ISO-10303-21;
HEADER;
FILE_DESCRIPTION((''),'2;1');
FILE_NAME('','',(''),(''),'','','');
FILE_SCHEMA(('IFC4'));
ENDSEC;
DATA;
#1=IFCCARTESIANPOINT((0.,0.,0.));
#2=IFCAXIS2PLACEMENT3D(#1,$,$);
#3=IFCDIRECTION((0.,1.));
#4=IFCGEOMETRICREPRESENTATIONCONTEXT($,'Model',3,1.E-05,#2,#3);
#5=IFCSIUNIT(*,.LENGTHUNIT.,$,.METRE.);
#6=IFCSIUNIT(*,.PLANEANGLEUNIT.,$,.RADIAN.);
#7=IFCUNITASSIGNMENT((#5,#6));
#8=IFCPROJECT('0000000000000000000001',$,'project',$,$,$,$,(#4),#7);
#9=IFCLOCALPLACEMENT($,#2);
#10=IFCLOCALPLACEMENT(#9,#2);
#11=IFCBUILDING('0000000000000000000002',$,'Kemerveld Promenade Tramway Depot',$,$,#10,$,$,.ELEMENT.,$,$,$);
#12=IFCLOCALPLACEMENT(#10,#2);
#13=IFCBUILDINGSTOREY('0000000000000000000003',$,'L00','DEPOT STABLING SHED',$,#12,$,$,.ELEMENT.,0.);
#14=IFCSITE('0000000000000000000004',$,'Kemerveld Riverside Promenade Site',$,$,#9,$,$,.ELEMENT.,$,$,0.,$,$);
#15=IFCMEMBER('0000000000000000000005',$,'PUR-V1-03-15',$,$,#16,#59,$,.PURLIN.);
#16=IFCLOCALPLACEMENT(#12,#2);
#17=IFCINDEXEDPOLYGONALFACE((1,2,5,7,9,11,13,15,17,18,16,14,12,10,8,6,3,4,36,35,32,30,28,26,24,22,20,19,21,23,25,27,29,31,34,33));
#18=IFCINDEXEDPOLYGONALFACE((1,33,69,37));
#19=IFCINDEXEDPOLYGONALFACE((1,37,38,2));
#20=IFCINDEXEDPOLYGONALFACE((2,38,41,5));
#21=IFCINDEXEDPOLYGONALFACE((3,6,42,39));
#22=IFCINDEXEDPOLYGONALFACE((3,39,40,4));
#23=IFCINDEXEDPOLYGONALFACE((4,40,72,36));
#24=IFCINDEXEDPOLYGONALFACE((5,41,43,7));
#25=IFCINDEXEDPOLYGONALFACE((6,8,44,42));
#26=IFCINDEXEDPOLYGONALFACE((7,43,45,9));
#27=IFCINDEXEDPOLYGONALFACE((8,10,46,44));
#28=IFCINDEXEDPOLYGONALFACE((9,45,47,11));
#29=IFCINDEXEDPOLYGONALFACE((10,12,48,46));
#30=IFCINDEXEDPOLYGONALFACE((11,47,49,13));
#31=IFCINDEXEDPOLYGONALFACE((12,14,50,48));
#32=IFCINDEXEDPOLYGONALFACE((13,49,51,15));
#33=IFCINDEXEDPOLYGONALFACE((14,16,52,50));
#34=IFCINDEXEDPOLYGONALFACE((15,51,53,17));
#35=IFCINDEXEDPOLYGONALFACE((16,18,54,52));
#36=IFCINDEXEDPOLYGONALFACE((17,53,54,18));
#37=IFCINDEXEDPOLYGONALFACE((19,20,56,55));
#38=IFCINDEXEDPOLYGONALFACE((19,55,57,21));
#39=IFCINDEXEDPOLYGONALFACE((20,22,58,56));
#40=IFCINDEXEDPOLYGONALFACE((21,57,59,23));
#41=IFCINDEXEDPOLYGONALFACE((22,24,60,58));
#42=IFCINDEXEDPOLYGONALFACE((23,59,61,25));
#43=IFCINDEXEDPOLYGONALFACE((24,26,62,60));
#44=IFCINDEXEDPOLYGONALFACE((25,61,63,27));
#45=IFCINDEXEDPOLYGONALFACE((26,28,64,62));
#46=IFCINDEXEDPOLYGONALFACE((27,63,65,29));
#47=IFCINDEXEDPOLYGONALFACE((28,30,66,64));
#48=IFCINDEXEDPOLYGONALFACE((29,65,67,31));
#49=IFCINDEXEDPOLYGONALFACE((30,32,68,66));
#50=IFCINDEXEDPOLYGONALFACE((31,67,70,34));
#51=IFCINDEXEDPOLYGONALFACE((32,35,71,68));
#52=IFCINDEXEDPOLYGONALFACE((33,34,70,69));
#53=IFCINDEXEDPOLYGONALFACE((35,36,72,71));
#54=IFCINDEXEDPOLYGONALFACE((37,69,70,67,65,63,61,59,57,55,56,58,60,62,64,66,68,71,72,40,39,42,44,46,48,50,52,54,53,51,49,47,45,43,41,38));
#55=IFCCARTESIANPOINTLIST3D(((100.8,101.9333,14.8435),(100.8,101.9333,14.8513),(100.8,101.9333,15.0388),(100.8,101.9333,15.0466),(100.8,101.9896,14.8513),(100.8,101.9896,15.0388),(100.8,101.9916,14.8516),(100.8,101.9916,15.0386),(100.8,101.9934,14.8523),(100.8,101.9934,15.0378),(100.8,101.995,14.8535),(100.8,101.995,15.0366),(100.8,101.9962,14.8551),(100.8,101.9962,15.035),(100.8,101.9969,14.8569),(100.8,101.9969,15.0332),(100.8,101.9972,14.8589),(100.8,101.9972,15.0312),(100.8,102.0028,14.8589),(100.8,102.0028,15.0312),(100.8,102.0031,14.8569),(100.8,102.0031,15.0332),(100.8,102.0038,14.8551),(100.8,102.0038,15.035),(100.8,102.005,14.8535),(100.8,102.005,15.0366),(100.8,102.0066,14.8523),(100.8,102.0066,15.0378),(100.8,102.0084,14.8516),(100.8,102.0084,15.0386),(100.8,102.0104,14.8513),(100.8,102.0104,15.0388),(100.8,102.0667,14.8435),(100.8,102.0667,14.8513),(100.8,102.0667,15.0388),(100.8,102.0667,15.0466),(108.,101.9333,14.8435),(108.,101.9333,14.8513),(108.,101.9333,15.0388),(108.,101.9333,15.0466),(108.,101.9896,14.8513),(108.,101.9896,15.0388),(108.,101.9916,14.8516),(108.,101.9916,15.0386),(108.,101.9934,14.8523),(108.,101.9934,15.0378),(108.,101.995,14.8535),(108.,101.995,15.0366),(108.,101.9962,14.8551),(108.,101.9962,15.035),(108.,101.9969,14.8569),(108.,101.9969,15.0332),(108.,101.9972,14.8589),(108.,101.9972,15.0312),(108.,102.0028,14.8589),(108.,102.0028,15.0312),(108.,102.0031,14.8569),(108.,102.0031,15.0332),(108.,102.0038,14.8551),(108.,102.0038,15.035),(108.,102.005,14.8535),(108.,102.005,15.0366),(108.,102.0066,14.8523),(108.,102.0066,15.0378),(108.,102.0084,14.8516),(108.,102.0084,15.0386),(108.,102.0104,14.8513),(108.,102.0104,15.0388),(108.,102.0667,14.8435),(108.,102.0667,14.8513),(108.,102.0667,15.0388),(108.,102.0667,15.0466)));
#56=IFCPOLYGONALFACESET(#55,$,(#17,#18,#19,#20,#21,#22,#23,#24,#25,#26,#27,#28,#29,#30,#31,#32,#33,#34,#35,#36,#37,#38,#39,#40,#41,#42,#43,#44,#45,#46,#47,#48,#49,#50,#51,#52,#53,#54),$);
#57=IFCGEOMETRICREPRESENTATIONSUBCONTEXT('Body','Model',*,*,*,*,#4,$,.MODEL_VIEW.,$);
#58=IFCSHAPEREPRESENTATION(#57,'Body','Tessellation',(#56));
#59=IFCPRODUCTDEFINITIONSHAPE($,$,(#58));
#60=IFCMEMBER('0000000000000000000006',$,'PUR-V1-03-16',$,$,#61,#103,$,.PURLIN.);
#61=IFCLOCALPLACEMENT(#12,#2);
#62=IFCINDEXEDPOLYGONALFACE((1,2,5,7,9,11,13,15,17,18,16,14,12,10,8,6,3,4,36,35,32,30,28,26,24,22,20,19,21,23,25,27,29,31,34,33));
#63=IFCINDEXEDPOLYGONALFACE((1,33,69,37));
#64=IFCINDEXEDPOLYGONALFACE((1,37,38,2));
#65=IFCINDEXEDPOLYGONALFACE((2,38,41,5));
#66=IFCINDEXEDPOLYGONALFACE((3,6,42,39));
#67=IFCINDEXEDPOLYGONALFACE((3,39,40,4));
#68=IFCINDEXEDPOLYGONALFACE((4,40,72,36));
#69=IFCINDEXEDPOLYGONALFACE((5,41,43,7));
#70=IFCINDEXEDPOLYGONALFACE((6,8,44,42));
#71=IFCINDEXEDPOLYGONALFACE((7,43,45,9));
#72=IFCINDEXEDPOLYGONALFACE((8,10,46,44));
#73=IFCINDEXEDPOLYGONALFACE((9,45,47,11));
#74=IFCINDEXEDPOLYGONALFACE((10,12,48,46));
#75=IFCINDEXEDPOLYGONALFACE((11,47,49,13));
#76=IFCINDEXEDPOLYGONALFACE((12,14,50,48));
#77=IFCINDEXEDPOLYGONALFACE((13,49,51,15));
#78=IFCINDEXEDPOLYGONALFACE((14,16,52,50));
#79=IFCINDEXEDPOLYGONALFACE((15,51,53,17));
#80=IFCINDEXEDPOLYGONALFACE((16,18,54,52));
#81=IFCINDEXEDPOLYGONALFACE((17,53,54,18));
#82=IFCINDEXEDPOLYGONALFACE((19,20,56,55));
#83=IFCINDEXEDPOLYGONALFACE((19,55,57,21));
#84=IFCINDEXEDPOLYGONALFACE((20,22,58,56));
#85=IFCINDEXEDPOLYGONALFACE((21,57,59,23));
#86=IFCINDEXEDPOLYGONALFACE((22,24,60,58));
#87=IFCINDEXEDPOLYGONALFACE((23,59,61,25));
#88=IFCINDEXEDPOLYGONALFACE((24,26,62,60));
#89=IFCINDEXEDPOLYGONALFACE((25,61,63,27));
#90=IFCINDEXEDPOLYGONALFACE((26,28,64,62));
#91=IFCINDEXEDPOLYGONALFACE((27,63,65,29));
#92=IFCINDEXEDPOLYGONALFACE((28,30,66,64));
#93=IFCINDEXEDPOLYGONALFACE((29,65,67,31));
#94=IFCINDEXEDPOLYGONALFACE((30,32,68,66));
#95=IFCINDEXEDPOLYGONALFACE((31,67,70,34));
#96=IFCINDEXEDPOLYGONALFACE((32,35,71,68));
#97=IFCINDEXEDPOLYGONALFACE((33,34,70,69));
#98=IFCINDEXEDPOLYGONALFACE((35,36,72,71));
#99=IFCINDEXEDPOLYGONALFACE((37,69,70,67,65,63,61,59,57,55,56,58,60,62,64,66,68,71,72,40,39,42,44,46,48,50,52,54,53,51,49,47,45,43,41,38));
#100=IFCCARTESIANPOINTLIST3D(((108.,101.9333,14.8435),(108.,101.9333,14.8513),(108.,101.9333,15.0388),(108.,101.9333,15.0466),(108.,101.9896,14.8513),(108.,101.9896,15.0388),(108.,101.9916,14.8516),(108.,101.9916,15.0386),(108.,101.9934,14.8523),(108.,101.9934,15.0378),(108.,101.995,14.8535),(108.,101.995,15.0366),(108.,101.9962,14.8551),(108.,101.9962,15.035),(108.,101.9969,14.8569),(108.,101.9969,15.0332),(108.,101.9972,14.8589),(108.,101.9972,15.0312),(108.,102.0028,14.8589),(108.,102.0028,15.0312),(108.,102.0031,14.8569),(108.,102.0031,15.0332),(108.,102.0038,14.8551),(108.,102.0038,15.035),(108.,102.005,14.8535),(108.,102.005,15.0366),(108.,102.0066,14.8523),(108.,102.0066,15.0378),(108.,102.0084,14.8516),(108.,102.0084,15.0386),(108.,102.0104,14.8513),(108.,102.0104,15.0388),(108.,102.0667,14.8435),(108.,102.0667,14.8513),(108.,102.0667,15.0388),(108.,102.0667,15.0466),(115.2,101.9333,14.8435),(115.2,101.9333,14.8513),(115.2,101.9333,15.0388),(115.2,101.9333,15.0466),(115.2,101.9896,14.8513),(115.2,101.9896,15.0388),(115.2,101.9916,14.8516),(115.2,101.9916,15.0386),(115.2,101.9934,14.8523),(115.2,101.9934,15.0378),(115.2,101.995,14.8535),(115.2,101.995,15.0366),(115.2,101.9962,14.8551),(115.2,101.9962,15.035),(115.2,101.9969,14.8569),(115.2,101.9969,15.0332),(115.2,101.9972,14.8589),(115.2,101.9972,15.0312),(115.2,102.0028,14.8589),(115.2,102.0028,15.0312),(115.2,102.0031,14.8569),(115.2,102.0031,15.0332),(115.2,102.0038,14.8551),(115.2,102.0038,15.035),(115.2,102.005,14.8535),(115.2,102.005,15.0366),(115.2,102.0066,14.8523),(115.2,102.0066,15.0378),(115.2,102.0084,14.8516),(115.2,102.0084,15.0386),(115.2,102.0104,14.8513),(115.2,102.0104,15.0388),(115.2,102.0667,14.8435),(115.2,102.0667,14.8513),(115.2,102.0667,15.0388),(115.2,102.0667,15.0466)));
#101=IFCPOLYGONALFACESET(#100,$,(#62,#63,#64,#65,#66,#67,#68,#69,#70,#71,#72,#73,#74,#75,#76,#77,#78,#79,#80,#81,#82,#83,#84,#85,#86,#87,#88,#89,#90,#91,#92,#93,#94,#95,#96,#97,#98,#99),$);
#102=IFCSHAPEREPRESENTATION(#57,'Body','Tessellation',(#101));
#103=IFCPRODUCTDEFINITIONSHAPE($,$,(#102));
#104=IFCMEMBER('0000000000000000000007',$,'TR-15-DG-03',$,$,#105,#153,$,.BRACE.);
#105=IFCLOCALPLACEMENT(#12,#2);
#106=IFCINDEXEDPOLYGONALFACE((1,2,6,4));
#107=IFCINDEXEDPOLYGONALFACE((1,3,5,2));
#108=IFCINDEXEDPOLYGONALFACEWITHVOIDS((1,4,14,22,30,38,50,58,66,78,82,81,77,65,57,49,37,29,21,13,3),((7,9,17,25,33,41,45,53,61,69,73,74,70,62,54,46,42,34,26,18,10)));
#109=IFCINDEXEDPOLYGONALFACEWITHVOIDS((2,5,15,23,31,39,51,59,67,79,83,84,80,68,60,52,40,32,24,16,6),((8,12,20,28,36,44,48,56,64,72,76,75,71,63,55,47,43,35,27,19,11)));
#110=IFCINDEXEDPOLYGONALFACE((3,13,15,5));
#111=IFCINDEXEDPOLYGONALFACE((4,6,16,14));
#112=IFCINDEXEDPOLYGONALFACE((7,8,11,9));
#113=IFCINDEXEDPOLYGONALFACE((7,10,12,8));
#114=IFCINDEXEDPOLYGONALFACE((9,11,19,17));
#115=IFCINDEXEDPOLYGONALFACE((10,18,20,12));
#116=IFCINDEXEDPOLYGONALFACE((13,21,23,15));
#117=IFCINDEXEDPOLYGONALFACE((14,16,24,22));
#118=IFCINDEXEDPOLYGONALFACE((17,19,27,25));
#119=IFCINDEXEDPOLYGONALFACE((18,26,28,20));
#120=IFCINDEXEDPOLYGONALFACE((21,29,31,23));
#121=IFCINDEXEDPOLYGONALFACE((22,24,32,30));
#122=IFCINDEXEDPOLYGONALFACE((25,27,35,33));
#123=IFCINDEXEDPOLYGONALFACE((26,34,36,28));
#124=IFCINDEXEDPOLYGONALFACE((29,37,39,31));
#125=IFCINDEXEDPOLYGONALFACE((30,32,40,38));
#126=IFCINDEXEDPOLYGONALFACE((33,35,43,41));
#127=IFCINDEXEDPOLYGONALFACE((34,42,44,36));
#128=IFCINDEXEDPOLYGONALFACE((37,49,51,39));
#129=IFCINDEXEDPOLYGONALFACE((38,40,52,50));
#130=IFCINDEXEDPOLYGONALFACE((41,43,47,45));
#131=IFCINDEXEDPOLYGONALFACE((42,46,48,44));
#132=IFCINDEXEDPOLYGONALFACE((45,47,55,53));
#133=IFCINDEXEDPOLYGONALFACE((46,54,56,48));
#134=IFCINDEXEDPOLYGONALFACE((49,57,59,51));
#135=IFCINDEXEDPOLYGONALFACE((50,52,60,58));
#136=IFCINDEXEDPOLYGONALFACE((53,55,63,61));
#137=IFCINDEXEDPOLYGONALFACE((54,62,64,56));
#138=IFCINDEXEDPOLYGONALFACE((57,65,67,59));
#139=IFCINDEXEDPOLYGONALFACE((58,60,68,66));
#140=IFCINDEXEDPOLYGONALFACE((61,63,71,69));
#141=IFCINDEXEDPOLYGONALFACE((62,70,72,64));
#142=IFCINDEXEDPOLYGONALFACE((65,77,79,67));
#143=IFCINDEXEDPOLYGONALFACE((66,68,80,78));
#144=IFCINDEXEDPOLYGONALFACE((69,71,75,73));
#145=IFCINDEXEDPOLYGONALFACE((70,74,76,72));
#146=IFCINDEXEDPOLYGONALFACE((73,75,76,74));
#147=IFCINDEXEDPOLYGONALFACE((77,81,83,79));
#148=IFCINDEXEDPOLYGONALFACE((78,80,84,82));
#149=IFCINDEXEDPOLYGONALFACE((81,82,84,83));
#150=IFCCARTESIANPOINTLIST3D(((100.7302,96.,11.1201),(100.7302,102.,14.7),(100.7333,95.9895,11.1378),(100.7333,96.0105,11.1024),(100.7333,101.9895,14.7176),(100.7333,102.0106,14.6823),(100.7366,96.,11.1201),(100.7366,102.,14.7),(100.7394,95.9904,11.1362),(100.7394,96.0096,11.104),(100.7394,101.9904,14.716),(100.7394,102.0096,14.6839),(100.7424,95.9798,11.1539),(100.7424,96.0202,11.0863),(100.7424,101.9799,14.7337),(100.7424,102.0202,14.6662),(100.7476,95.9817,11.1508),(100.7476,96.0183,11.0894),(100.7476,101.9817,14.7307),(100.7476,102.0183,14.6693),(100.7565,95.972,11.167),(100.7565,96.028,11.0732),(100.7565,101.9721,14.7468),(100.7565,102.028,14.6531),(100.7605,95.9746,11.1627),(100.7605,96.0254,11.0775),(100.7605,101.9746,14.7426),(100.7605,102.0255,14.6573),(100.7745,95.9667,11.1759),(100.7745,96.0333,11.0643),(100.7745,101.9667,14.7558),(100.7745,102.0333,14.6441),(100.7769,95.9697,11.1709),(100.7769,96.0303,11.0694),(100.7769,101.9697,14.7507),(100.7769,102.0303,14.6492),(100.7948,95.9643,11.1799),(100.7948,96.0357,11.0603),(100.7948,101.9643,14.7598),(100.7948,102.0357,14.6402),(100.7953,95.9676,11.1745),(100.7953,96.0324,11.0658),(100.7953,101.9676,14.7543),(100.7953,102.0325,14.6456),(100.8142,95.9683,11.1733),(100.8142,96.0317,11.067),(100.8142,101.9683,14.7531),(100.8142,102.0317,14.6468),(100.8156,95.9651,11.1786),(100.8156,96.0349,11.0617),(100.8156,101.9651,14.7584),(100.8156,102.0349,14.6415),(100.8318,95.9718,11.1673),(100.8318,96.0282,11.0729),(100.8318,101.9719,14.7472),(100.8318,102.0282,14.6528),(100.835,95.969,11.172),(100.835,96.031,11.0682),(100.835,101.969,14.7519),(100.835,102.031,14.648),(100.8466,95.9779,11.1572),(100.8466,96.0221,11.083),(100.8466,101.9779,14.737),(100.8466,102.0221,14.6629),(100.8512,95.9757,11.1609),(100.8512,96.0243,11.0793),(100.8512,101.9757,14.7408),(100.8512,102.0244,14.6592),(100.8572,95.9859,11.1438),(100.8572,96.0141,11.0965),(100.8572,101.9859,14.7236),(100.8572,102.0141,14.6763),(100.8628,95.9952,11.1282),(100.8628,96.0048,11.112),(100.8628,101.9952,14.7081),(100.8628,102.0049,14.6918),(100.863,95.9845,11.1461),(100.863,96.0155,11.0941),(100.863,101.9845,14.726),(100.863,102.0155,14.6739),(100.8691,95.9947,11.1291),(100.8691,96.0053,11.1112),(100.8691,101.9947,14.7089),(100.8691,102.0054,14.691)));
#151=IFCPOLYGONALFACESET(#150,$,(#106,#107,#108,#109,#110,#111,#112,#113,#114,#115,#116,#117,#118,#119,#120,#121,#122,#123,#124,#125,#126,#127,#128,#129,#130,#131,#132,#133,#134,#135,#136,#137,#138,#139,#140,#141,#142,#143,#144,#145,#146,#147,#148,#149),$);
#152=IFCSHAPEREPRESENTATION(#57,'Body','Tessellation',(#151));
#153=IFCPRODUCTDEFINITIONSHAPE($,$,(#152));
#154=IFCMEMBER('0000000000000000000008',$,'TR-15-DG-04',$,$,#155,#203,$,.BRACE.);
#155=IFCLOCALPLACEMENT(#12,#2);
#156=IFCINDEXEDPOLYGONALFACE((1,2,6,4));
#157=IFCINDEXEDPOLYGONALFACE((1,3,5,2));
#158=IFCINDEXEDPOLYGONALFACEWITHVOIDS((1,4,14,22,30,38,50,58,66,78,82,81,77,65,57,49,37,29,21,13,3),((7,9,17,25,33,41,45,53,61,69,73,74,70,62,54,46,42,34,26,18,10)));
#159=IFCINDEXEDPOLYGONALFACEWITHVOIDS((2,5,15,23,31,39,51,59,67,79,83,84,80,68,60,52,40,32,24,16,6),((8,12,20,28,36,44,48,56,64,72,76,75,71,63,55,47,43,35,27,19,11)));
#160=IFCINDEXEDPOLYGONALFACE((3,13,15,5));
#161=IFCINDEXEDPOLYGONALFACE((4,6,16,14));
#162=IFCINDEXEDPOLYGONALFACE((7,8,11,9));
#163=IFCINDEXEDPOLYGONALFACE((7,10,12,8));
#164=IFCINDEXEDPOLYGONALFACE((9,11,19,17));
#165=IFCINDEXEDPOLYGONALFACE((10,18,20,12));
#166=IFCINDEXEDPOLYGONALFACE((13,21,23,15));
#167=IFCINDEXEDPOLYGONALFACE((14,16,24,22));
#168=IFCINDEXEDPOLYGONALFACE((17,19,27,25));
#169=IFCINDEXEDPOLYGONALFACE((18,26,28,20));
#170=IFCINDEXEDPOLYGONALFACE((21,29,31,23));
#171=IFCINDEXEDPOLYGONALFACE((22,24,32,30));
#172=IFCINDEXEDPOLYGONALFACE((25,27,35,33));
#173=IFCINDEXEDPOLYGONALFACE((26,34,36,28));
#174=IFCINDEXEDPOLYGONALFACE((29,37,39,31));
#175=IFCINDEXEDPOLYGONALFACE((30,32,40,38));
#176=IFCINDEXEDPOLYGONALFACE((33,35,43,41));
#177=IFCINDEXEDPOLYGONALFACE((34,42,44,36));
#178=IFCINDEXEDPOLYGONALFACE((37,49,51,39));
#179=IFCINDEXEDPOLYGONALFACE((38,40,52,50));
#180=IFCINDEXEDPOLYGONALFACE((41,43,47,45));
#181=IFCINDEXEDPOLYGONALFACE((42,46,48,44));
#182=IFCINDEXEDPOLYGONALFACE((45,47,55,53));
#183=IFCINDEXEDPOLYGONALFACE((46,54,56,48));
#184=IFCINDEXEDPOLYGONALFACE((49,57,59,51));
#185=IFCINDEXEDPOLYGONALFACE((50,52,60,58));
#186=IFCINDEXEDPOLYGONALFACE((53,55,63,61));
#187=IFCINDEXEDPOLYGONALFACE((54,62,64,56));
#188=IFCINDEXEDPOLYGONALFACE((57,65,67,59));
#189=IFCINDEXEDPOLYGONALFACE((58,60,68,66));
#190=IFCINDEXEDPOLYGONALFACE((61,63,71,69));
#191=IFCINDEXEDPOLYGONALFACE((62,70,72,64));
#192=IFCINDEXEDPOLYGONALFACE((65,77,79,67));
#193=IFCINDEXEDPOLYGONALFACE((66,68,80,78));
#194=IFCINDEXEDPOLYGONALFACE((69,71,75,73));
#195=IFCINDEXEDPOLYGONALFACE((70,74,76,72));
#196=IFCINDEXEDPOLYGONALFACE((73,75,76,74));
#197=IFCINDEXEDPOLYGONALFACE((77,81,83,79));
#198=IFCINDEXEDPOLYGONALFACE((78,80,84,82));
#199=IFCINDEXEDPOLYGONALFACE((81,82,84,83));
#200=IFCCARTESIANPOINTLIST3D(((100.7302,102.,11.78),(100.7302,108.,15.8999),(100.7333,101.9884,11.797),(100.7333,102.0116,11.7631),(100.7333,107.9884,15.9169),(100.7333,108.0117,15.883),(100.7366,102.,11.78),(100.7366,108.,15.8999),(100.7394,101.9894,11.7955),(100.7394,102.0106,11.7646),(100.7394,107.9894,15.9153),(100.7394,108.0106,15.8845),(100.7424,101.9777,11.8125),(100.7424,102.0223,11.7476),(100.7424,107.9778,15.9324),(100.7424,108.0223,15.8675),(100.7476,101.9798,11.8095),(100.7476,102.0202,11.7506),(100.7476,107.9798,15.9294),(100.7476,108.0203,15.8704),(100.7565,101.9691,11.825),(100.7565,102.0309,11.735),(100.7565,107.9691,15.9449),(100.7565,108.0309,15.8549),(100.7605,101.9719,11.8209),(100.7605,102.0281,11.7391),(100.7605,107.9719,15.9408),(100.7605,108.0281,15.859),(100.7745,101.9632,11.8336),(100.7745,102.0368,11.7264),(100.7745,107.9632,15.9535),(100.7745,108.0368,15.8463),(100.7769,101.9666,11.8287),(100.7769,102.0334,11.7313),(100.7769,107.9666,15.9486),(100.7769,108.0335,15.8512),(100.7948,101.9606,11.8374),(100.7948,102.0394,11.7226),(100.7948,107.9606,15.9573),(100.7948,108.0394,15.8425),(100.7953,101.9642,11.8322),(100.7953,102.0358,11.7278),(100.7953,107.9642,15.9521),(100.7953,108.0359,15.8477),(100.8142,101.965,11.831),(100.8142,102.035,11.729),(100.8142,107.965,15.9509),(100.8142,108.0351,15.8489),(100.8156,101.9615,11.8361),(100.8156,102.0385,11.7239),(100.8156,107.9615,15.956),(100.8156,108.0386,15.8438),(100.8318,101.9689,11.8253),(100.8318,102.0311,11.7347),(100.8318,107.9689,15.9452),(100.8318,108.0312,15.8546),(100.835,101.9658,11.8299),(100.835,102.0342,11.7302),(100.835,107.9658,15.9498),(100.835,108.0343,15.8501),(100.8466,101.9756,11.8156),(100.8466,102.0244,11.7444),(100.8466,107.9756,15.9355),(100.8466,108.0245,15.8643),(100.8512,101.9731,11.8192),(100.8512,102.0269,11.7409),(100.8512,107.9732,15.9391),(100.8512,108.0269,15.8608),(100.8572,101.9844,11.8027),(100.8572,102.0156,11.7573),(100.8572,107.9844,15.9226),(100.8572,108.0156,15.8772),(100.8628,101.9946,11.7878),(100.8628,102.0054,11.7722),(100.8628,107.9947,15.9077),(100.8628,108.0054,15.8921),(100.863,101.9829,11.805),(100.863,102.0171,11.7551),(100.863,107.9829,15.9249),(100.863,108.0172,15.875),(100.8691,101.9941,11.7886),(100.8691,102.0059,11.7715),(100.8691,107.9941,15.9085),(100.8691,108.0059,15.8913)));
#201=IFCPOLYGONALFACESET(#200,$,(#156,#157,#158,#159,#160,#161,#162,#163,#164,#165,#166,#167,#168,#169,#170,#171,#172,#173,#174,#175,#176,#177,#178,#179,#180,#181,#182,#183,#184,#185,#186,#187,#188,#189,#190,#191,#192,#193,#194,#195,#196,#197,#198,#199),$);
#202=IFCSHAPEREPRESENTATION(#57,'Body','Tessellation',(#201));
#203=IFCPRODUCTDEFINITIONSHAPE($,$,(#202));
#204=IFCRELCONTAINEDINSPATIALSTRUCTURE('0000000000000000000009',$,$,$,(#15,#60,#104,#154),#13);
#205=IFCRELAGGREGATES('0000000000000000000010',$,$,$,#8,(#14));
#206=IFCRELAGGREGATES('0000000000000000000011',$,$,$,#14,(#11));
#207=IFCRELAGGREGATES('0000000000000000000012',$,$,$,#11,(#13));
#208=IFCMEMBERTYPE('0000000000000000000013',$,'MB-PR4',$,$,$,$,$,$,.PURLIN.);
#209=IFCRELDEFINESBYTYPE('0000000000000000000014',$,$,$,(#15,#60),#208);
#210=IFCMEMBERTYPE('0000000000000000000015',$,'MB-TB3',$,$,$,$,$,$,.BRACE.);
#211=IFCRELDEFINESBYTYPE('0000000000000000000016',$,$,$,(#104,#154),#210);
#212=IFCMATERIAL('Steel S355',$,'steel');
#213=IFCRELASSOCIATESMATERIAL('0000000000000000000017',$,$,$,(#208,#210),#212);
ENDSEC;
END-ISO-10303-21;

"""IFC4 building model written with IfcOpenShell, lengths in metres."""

from ifc_helpers import new_model, si_unit, direction, frame, origin, origin_2d, place, context, subcontext, project, spatial, hollow_circle, i_section, extrude, material, material_profile, profile_set, type_object, element, save


model = new_model("IFC4")

# Units and contexts
model_context = context("Model", 3, precision=1e-05, world=origin(), true_north=direction((0.0, 1.0)))
body_context = subcontext(model_context, "Body", "Model", "MODEL_VIEW")
ifc_project = project(units=[si_unit("LENGTHUNIT", "METRE"), si_unit("PLANEANGLEUNIT", "RADIAN")], contexts=[model_context])

# Site, building, storey
site_placement = place(None, origin())
site = spatial("IfcSite", under=ifc_project, at=site_placement, Name="Kemerveld Riverside Promenade Site", CompositionType="ELEMENT", RefElevation=0.0)
building_placement = place(site_placement, origin())
building = spatial("IfcBuilding", under=site, at=building_placement, Name="Kemerveld Promenade Tramway Depot", CompositionType="ELEMENT")
storey_placement = place(building_placement, origin())
storey = spatial("IfcBuildingStorey", under=building, at=storey_placement, Name="L00", Description="DEPOT STABLING SHED", CompositionType="ELEMENT", Elevation=0.0)

# Members
ifc_material_1 = material(Name="Steel S355", Category="steel")
ifc_material_profile_1 = material_profile(ifc_material_1, i_section(OverallWidth=0.1333, OverallDepth=0.2031, WebThickness=0.0056, FlangeThickness=0.0078, FilletRadius=0.0076, at=origin_2d()), Name="203x133x25 UB")
ifc_profile_set_1 = profile_set([ifc_material_profile_1], Name="Steel S355")
member_type_1 = type_object("IfcMemberType", Name="MB-PR4", PredefinedType="PURLIN", material=ifc_profile_set_1)
for number, where, z_axis, x_axis, name in (
    (1, (100.8, 102.0, 14.9451), (1.0, 0.0, 0.0), (0.0, 1.0, 0.0), "PUR-V1-03-15"),
    (2, (108.0, 102.0, 14.9451), (1.0, 0.0, 0.0), (0.0, 1.0, 0.0), "PUR-V1-03-16"),
):
    element("IfcMember", number, at=place(storey_placement, frame(where, z_axis=z_axis, x_axis=x_axis)), inside=storey, type_object=member_type_1, Name=name, PredefinedType="PURLIN", context=body_context, shape_type="SweptSolid", body=[
        extrude(i_section(OverallWidth=0.1333, OverallDepth=0.2031, WebThickness=0.0056, FlangeThickness=0.0078, FilletRadius=0.0076, at=origin_2d()), origin(), (0.0, 0.0, 1.0), 7.2),
    ])
ifc_material_profile_2 = material_profile(ifc_material_1, hollow_circle(Radius=0.0698, WallThickness=0.0063, at=origin_2d()), Name="139.7x6.3 CHS")
ifc_profile_set_2 = profile_set([ifc_material_profile_2], Name="Steel S355")
member_type_2 = type_object("IfcMemberType", Name="MB-TB3", PredefinedType="BRACE", material=ifc_profile_set_2)
member_1_placement = place(storey_placement, frame((100.8, 96.0, 11.1201), z_axis=(0.0, 0.858764, 0.512372), x_axis=(-1.0, 0.0, 0.0)))
element("IfcMember", 3, at=member_1_placement, inside=storey, type_object=member_type_2, Name="TR-15-DG-03", PredefinedType="BRACE", context=body_context, shape_type="SweptSolid", body=[
    extrude(hollow_circle(Radius=0.0698, WallThickness=0.0063, at=origin_2d()), origin(), (0.0, 0.0, 1.0), 6.9868),
])
member_2_placement = place(storey_placement, frame((100.8, 102.0, 11.78), z_axis=(0.0, 0.824371, 0.56605), x_axis=(-1.0, 0.0, 0.0)))
element("IfcMember", 4, at=member_2_placement, inside=storey, type_object=member_type_2, Name="TR-15-DG-04", PredefinedType="BRACE", context=body_context, shape_type="SweptSolid", body=[
    extrude(hollow_circle(Radius=0.0698, WallThickness=0.0063, at=origin_2d()), origin(), (0.0, 0.0, 1.0), 7.2783),
])

save(model, "model.ifc")
